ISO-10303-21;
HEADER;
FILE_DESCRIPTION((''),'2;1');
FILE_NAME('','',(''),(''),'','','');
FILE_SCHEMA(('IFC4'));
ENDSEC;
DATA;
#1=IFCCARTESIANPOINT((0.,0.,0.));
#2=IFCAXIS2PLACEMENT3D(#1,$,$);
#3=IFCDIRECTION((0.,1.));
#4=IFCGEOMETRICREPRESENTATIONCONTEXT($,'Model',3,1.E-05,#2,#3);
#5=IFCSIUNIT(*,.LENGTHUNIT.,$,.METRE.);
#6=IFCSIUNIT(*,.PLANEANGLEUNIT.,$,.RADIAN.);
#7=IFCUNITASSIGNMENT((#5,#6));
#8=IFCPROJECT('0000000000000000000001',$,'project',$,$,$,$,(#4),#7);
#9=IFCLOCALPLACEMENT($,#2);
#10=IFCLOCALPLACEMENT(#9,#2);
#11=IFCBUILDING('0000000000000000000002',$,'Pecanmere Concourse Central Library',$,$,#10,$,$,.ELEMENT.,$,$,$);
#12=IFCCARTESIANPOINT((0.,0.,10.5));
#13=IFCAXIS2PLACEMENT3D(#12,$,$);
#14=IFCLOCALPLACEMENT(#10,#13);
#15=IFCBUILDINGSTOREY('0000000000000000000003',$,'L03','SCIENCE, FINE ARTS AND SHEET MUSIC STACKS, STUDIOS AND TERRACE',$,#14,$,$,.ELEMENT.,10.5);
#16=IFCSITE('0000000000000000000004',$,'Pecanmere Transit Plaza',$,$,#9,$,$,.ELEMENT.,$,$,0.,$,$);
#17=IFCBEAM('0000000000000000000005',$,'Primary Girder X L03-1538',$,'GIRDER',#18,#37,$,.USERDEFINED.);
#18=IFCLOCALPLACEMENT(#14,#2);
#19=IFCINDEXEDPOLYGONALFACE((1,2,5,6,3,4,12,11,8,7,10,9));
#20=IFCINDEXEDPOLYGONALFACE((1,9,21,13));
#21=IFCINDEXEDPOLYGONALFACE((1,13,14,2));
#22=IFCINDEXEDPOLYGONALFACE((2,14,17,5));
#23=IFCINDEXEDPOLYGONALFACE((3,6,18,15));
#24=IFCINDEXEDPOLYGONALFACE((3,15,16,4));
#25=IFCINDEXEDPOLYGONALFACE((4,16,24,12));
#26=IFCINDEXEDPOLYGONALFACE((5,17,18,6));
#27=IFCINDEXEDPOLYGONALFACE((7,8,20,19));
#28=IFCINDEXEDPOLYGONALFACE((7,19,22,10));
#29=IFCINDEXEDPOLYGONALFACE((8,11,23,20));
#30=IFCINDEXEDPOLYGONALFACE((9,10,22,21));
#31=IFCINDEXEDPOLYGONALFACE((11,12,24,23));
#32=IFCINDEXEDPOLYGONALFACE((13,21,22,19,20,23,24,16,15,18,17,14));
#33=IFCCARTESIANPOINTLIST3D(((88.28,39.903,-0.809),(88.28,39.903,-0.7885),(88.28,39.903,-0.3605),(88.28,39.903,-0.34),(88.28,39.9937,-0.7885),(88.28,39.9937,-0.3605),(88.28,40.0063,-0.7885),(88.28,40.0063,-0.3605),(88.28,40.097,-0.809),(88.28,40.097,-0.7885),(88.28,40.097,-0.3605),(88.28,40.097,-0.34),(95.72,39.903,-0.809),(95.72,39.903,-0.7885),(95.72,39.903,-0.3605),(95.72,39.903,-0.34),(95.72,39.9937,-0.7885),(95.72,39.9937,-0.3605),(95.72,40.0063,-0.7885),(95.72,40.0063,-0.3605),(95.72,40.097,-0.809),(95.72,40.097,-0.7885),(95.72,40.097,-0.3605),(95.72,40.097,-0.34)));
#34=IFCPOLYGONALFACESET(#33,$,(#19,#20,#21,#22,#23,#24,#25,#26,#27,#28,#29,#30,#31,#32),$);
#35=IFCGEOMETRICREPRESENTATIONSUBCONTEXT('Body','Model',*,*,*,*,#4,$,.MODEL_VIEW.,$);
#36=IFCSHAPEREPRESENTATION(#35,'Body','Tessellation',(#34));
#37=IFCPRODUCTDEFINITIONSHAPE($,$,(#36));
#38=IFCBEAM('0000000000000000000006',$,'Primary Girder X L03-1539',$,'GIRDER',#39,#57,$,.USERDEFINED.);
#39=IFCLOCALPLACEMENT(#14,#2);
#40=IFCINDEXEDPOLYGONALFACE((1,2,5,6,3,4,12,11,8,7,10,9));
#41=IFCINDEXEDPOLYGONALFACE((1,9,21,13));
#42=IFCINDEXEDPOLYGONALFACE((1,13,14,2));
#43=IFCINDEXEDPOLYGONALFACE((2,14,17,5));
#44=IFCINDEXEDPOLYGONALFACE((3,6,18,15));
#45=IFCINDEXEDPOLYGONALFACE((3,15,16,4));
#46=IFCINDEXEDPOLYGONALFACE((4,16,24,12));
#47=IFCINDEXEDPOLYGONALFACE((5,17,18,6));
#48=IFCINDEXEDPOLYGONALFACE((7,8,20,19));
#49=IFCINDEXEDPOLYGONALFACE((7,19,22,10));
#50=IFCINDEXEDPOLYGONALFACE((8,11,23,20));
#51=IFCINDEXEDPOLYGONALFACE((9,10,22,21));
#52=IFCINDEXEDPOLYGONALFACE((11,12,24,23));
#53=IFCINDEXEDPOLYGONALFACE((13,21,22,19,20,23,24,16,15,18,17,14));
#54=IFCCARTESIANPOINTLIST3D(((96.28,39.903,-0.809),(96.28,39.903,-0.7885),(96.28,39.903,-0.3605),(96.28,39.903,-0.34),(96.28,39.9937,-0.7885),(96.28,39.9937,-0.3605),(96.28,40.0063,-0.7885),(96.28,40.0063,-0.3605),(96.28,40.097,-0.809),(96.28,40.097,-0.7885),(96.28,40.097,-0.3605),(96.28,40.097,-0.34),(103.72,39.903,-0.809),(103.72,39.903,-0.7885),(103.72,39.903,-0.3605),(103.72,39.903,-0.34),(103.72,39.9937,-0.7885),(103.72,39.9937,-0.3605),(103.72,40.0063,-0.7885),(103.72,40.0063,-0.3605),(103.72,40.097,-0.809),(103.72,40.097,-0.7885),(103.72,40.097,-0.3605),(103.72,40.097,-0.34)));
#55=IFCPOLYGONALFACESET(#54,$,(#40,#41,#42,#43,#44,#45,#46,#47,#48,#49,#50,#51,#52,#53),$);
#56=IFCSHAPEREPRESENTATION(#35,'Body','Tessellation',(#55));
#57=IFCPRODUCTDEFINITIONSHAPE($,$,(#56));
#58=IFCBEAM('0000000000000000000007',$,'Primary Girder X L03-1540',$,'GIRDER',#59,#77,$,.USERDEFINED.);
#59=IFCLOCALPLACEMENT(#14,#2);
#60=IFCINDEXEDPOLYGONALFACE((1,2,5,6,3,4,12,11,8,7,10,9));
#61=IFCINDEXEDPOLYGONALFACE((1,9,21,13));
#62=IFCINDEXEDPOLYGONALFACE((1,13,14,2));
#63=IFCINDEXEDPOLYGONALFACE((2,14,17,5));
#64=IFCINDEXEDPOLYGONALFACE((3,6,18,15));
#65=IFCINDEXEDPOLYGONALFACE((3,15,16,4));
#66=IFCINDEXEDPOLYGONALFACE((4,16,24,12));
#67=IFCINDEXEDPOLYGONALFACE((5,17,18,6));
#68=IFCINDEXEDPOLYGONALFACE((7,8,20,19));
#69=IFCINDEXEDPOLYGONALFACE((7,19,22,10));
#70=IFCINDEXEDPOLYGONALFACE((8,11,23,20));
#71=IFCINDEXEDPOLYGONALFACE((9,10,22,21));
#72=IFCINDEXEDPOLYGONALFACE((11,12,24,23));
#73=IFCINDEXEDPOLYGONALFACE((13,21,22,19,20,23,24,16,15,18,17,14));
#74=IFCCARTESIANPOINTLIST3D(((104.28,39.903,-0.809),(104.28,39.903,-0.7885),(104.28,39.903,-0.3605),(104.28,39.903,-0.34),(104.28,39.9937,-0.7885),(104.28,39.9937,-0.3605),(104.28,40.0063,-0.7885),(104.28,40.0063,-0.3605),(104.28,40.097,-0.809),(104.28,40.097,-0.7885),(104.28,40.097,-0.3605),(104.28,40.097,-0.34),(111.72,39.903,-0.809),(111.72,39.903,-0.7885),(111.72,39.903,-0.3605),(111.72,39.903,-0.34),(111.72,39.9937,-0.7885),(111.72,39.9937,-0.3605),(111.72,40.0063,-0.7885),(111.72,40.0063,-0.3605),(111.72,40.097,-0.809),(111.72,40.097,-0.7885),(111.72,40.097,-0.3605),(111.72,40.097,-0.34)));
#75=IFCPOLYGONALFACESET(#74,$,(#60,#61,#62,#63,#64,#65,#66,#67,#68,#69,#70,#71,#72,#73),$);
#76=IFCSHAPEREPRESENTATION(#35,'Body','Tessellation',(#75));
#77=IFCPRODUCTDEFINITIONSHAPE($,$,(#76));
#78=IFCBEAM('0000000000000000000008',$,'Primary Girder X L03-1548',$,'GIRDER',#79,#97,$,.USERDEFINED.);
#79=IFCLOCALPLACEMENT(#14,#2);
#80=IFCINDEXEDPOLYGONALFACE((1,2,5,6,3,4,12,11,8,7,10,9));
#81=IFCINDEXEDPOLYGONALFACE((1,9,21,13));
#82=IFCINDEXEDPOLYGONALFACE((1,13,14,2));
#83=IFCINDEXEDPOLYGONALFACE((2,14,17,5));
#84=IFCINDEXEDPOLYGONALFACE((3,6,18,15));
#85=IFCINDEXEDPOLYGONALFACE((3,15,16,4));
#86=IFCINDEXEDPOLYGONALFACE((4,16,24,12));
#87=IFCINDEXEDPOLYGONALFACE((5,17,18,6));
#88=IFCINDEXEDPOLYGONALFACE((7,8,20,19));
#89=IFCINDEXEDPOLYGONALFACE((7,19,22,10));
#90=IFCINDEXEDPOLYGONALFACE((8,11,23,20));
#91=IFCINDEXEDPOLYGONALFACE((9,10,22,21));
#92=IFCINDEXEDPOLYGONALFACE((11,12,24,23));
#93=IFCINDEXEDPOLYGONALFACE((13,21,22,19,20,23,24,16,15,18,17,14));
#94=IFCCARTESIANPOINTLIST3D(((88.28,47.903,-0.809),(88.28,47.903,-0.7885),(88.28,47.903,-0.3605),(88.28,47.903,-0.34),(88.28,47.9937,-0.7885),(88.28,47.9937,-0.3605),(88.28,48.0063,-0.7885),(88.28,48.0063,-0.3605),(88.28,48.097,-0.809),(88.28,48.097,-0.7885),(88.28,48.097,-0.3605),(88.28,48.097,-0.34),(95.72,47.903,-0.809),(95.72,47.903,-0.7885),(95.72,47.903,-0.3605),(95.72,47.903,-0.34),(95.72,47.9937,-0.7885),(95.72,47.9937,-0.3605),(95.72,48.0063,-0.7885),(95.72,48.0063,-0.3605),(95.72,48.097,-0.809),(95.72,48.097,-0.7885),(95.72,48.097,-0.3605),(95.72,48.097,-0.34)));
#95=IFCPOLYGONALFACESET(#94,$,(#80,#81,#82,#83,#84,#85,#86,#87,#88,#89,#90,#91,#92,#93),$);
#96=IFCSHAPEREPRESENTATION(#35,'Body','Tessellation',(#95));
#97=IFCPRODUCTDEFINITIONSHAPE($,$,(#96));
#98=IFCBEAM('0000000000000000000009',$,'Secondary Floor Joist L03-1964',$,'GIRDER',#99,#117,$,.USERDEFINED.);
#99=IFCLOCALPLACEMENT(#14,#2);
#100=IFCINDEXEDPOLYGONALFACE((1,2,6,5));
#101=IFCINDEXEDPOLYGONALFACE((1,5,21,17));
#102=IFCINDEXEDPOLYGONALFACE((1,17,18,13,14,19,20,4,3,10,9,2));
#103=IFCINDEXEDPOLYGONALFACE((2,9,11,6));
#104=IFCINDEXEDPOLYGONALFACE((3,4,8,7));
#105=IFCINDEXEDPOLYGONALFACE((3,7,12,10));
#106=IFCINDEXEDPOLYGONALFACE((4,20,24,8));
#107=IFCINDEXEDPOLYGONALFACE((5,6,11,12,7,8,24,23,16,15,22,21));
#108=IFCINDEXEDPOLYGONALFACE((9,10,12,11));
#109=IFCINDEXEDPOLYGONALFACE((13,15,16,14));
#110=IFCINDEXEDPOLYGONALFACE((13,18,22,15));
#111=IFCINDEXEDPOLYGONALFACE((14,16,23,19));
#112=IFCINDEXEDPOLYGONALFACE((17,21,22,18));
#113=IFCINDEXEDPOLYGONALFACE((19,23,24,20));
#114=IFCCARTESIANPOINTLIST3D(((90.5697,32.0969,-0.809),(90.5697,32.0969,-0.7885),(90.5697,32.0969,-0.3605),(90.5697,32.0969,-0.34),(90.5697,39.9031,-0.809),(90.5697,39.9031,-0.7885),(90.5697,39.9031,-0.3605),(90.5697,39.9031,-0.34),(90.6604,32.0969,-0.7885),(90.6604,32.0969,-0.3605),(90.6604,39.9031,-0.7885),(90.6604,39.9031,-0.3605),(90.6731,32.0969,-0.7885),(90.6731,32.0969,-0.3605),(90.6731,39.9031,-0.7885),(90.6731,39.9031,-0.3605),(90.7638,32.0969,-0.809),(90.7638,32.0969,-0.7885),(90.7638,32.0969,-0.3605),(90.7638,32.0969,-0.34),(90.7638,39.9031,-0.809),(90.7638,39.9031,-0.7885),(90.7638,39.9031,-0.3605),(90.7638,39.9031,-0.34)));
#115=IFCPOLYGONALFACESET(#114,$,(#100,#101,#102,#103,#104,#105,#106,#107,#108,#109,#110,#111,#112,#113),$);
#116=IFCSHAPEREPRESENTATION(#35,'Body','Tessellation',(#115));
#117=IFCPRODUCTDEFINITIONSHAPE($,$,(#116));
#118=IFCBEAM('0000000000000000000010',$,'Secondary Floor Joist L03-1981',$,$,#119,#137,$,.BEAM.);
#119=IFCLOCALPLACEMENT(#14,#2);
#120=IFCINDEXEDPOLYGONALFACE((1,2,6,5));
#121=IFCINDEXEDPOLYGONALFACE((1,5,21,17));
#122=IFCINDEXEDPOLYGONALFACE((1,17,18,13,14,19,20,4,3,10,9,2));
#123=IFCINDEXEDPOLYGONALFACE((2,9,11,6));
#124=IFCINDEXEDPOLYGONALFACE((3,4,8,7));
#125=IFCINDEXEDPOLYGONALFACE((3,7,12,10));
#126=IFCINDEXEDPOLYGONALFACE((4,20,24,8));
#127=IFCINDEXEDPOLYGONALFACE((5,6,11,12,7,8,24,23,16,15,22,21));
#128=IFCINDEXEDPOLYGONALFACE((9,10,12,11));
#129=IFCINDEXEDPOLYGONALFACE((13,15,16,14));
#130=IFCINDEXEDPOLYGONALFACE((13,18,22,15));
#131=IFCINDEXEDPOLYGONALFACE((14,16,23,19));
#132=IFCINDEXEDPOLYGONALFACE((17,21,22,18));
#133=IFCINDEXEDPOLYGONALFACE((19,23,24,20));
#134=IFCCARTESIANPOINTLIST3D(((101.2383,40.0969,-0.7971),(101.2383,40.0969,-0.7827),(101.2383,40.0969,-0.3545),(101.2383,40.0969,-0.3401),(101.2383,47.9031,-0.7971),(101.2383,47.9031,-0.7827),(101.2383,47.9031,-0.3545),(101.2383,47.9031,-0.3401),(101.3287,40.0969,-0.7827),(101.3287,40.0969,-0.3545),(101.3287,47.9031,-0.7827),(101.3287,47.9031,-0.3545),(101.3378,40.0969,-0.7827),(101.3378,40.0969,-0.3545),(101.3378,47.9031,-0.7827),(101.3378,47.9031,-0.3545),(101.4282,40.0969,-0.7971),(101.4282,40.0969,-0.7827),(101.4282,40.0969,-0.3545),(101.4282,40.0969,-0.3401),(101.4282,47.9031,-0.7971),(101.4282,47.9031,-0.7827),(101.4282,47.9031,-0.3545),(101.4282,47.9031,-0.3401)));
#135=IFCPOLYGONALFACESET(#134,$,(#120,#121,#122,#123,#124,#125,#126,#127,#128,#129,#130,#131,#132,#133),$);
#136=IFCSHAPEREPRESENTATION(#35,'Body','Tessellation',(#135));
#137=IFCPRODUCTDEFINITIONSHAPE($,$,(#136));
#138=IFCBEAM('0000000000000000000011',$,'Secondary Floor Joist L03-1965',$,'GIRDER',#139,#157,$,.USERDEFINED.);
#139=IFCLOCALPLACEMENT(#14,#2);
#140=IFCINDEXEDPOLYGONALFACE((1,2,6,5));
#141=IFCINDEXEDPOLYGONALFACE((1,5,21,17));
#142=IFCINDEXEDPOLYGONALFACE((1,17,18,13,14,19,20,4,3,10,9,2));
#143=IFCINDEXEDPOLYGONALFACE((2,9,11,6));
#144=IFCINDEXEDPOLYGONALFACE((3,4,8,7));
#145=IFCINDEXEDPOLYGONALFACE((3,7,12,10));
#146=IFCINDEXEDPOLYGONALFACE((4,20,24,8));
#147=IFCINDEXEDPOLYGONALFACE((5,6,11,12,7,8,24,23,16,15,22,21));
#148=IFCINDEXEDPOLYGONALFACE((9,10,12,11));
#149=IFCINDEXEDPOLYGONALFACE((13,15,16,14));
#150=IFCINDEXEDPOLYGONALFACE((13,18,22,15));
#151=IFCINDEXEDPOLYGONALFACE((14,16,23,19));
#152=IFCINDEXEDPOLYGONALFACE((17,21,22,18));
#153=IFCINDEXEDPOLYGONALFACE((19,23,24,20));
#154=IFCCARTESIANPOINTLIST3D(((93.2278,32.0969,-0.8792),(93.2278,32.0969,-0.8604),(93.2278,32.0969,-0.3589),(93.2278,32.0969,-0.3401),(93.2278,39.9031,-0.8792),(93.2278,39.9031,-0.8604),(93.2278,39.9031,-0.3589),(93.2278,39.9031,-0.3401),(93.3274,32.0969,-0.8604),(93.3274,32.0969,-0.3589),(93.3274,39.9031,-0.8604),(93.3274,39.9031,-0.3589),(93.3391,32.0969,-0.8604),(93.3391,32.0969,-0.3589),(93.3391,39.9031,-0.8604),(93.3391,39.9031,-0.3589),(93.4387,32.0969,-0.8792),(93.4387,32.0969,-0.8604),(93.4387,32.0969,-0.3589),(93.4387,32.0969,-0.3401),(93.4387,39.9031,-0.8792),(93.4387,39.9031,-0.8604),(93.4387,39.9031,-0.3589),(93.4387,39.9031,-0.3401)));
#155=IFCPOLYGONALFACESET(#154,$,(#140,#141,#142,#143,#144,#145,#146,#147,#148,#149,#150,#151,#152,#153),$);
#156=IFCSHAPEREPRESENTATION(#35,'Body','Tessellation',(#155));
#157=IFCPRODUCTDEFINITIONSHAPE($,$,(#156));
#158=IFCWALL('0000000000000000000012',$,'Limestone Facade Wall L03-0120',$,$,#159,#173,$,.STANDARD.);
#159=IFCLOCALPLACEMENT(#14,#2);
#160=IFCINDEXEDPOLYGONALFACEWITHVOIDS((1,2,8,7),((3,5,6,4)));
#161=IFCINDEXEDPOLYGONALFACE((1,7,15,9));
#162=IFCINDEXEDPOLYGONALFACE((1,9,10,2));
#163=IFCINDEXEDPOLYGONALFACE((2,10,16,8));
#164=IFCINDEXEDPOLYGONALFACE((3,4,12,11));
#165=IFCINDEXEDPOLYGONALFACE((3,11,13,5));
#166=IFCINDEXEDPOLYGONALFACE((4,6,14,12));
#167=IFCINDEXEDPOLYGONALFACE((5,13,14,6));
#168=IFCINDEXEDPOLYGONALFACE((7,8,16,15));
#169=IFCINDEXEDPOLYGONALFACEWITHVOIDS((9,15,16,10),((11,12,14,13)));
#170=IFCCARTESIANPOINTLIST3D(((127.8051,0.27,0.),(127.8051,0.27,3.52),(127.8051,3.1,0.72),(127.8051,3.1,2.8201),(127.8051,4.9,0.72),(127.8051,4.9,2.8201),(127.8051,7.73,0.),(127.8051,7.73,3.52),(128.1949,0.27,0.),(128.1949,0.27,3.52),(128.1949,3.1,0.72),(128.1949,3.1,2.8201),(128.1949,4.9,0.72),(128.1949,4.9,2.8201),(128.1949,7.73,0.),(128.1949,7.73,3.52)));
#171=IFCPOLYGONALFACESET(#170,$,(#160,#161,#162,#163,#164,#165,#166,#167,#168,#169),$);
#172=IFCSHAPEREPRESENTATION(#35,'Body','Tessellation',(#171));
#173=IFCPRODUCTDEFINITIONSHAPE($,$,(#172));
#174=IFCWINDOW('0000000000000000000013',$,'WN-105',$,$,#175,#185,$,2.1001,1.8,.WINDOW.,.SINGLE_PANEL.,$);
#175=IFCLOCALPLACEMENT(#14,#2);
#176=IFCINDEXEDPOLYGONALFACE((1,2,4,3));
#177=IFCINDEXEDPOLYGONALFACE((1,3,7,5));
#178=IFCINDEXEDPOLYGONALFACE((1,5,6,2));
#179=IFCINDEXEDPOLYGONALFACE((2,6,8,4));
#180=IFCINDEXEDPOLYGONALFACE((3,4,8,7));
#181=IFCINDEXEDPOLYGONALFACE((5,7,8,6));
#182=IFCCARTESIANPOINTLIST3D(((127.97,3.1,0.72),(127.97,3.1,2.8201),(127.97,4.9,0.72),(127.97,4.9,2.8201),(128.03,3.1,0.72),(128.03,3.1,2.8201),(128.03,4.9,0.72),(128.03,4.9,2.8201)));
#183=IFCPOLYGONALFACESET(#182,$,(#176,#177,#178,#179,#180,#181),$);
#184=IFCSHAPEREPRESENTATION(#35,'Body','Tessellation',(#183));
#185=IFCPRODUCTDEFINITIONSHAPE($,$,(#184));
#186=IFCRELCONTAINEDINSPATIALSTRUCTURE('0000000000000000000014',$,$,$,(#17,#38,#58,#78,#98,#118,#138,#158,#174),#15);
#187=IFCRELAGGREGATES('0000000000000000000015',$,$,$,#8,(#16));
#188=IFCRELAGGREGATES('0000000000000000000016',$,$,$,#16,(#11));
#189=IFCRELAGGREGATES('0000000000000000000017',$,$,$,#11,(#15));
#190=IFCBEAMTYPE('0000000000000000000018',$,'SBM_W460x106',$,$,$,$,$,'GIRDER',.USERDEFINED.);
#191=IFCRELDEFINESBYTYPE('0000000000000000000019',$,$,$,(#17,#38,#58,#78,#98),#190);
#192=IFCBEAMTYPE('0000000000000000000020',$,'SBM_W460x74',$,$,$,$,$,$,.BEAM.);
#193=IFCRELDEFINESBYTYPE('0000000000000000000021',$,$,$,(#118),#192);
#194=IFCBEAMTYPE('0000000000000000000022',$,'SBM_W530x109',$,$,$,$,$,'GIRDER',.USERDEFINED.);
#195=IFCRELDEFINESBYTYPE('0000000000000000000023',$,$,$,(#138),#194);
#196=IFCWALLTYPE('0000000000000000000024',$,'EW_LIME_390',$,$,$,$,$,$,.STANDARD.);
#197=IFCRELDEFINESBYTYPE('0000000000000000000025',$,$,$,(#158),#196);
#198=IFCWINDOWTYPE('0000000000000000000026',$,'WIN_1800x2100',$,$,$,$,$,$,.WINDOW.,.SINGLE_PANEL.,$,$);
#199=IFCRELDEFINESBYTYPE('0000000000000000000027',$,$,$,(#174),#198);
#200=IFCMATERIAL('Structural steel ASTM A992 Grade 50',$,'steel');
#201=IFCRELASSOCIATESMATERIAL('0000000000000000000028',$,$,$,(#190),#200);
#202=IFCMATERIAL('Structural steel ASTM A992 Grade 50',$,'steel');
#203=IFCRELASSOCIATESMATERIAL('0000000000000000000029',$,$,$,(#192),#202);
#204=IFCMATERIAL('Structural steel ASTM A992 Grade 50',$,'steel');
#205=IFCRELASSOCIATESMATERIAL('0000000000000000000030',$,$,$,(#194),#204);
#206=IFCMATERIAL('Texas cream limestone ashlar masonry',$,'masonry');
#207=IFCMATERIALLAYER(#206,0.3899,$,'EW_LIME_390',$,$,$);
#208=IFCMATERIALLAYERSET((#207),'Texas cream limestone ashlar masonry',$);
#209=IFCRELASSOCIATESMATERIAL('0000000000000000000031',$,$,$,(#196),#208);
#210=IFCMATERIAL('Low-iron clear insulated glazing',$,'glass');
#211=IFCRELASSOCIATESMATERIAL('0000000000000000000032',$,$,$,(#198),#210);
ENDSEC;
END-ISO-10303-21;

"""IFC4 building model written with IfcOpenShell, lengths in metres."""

from ifc_helpers import new_model, si_unit, direction, frame, frame_2d, origin, origin_2d, place, context, subcontext, project, spatial, rectangle, i_section, extrude, material, layer, layer_set, material_profile, profile_set, type_object, element, fill, save


model = new_model("IFC4")

# Units and contexts
model_context = context("Model", 3, precision=1e-05, world=origin(), true_north=direction((0.0, 1.0)))
body_context = subcontext(model_context, "Body", "Model", "MODEL_VIEW")
ifc_project = project(units=[si_unit("LENGTHUNIT", "METRE"), si_unit("PLANEANGLEUNIT", "RADIAN")], contexts=[model_context])

# Site, building, storey
site_placement = place(None, origin())
site = spatial("IfcSite", under=ifc_project, at=site_placement, Name="Pecanmere Transit Plaza", CompositionType="ELEMENT", RefElevation=0.0)
building_placement = place(site_placement, origin())
building = spatial("IfcBuilding", under=site, at=building_placement, Name="Pecanmere Concourse Central Library", CompositionType="ELEMENT")
storey_placement = place(building_placement, frame((0.0, 0.0, 10.5)))
storey = spatial("IfcBuildingStorey", under=building, at=storey_placement, Name="L03", Description="SCIENCE, FINE ARTS AND SHEET MUSIC STACKS, STUDIOS AND TERRACE", CompositionType="ELEMENT", Elevation=10.5)

# Beams
ifc_material_1 = material(Name="Structural steel ASTM A992 Grade 50", Category="steel")
ifc_material_profile_1 = material_profile(ifc_material_1, i_section(OverallWidth=0.1941, OverallDepth=0.469, WebThickness=0.0127, FlangeThickness=0.0205, at=origin_2d()), Name="W460x106")
ifc_profile_set_1 = profile_set([ifc_material_profile_1], Name="Structural steel ASTM A992 Grade 50")
beam_type_1 = type_object("IfcBeamType", Name="SBM_W460x106", ElementType="GIRDER", PredefinedType="USERDEFINED", material=ifc_profile_set_1)
for number, where, z_axis, x_axis, name in (
    (1, (88.28, 40.0, -0.5745), (1.0, 0.0, 0.0), (0.0, 1.0, 0.0), "Primary Girder X L03-1538"),
    (2, (96.28, 40.0, -0.5745), (1.0, 0.0, 0.0), (0.0, 1.0, 0.0), "Primary Girder X L03-1539"),
    (3, (104.28, 40.0, -0.5745), (1.0, 0.0, 0.0), (0.0, 1.0, 0.0), "Primary Girder X L03-1540"),
    (4, (88.28, 48.0, -0.5745), (1.0, 0.0, 0.0), (0.0, 1.0, 0.0), "Primary Girder X L03-1548"),
):
    element("IfcBeam", number, at=place(storey_placement, frame(where, z_axis=z_axis, x_axis=x_axis)), inside=storey, type_object=beam_type_1, Name=name, ObjectType="GIRDER", PredefinedType="USERDEFINED", context=body_context, shape_type="SweptSolid", body=[
        extrude(i_section(OverallWidth=0.1941, OverallDepth=0.469, WebThickness=0.0127, FlangeThickness=0.0205, at=origin_2d()), origin(), (0.0, 0.0, 1.0), 7.4399),
    ])
beam_1_placement = place(storey_placement, frame((90.6667, 32.0969, -0.5745), z_axis=(0.0, 1.0, 0.0), x_axis=(-1.0, 0.0, 0.0)))
element("IfcBeam", 5, at=beam_1_placement, inside=storey, type_object=beam_type_1, Name="Secondary Floor Joist L03-1964", ObjectType="GIRDER", PredefinedType="USERDEFINED", context=body_context, shape_type="SweptSolid", body=[
    extrude(i_section(OverallWidth=0.1941, OverallDepth=0.469, WebThickness=0.0127, FlangeThickness=0.0205, at=origin_2d()), origin(), (0.0, 0.0, 1.0), 7.8062),
])
ifc_material_2 = material(Name="Structural steel ASTM A992 Grade 50", Category="steel")
ifc_material_profile_2 = material_profile(ifc_material_2, i_section(OverallWidth=0.1899, OverallDepth=0.457, WebThickness=0.009, FlangeThickness=0.0144, at=origin_2d()), Name="W460x74")
ifc_profile_set_2 = profile_set([ifc_material_profile_2], Name="Structural steel ASTM A992 Grade 50")
beam_type_2 = type_object("IfcBeamType", Name="SBM_W460x74", PredefinedType="BEAM", material=ifc_profile_set_2)
beam_2_placement = place(storey_placement, frame((101.3333, 40.0969, -0.5686), z_axis=(0.0, 1.0, 0.0), x_axis=(-1.0, 0.0, 0.0)))
element("IfcBeam", 6, at=beam_2_placement, inside=storey, type_object=beam_type_2, Name="Secondary Floor Joist L03-1981", PredefinedType="BEAM", context=body_context, shape_type="SweptSolid", body=[
    extrude(i_section(OverallWidth=0.1899, OverallDepth=0.457, WebThickness=0.009, FlangeThickness=0.0144, at=origin_2d()), origin(), (0.0, 0.0, 1.0), 7.8062),
])
ifc_material_3 = material(Name="Structural steel ASTM A992 Grade 50", Category="steel")
ifc_material_profile_3 = material_profile(ifc_material_3, i_section(OverallWidth=0.2109, OverallDepth=0.5391, WebThickness=0.0117, FlangeThickness=0.0188, at=origin_2d()), Name="W530x109")
ifc_profile_set_3 = profile_set([ifc_material_profile_3], Name="Structural steel ASTM A992 Grade 50")
beam_type_3 = type_object("IfcBeamType", Name="SBM_W530x109", ElementType="GIRDER", PredefinedType="USERDEFINED", material=ifc_profile_set_3)
beam_3_placement = place(storey_placement, frame((93.3333, 32.0969, -0.6096), z_axis=(0.0, 1.0, 0.0), x_axis=(-1.0, 0.0, 0.0)))
element("IfcBeam", 7, at=beam_3_placement, inside=storey, type_object=beam_type_3, Name="Secondary Floor Joist L03-1965", ObjectType="GIRDER", PredefinedType="USERDEFINED", context=body_context, shape_type="SweptSolid", body=[
    extrude(i_section(OverallWidth=0.2109, OverallDepth=0.5391, WebThickness=0.0117, FlangeThickness=0.0188, at=origin_2d()), origin(), (0.0, 0.0, 1.0), 7.8062),
])

# Wall, opening, window
ifc_material_4 = material(Name="Texas cream limestone ashlar masonry", Category="masonry")
ifc_layer = layer(ifc_material_4, 0.3899, Name="EW_LIME_390")
ifc_layer_set = layer_set([ifc_layer], Name="Texas cream limestone ashlar masonry")
wall_type = type_object("IfcWallType", Name="EW_LIME_390", PredefinedType="STANDARD", material=ifc_layer_set)
wall_placement = place(storey_placement, frame((128.0, 7.73, 0.0), z_axis=(0.0, 0.0, 1.0), x_axis=(0.0, -1.0, 0.0)))
wall = element("IfcWall", 8, at=wall_placement, inside=storey, type_object=wall_type, Name="Limestone Facade Wall L03-0120", PredefinedType="STANDARD", context=body_context, shape_type="SweptSolid", body=[
    extrude(rectangle(XDim=7.46, YDim=0.3899, at=frame_2d((3.73, 0.0))), origin(), (0.0, 0.0, 1.0), 3.52),
])
opening_placement = place(wall_placement, frame((2.8301, 0.0, 0.72)))
opening = element("IfcOpeningElement", 9, at=opening_placement, cuts=wall, PredefinedType="OPENING", context=body_context, shape_type="SweptSolid", body=[
    extrude(rectangle(XDim=1.8, YDim=2.1001, at=frame_2d((0.8999, 1.05))), frame((0.0, 0.207, 0.0), z_axis=(0.0, -1.0, 0.0), x_axis=(1.0, 0.0, 0.0)), (0.0, 0.0, 1.0), 0.4138),
])
ifc_material_5 = material(Name="Low-iron clear insulated glazing", Category="glass")
window_type = type_object("IfcWindowType", Name="WIN_1800x2100", PartitioningType="SINGLE_PANEL", PredefinedType="WINDOW", material=ifc_material_5)
window_placement = place(opening_placement, origin())
window = element("IfcWindow", 10, at=window_placement, inside=storey, type_object=window_type, Name="WN-105", OverallHeight=2.1001, OverallWidth=1.8, PartitioningType="SINGLE_PANEL", PredefinedType="WINDOW", context=body_context, shape_type="SweptSolid", body=[
    extrude(rectangle(XDim=1.8, YDim=2.1001, at=frame_2d((0.8999, 1.05))), frame((0.0, 0.03, 0.0), z_axis=(0.0, -1.0, 0.0), x_axis=(1.0, 0.0, 0.0)), (0.0, 0.0, 1.0), 0.0601),
])
fill(opening, window)

save(model, "model.ifc")
